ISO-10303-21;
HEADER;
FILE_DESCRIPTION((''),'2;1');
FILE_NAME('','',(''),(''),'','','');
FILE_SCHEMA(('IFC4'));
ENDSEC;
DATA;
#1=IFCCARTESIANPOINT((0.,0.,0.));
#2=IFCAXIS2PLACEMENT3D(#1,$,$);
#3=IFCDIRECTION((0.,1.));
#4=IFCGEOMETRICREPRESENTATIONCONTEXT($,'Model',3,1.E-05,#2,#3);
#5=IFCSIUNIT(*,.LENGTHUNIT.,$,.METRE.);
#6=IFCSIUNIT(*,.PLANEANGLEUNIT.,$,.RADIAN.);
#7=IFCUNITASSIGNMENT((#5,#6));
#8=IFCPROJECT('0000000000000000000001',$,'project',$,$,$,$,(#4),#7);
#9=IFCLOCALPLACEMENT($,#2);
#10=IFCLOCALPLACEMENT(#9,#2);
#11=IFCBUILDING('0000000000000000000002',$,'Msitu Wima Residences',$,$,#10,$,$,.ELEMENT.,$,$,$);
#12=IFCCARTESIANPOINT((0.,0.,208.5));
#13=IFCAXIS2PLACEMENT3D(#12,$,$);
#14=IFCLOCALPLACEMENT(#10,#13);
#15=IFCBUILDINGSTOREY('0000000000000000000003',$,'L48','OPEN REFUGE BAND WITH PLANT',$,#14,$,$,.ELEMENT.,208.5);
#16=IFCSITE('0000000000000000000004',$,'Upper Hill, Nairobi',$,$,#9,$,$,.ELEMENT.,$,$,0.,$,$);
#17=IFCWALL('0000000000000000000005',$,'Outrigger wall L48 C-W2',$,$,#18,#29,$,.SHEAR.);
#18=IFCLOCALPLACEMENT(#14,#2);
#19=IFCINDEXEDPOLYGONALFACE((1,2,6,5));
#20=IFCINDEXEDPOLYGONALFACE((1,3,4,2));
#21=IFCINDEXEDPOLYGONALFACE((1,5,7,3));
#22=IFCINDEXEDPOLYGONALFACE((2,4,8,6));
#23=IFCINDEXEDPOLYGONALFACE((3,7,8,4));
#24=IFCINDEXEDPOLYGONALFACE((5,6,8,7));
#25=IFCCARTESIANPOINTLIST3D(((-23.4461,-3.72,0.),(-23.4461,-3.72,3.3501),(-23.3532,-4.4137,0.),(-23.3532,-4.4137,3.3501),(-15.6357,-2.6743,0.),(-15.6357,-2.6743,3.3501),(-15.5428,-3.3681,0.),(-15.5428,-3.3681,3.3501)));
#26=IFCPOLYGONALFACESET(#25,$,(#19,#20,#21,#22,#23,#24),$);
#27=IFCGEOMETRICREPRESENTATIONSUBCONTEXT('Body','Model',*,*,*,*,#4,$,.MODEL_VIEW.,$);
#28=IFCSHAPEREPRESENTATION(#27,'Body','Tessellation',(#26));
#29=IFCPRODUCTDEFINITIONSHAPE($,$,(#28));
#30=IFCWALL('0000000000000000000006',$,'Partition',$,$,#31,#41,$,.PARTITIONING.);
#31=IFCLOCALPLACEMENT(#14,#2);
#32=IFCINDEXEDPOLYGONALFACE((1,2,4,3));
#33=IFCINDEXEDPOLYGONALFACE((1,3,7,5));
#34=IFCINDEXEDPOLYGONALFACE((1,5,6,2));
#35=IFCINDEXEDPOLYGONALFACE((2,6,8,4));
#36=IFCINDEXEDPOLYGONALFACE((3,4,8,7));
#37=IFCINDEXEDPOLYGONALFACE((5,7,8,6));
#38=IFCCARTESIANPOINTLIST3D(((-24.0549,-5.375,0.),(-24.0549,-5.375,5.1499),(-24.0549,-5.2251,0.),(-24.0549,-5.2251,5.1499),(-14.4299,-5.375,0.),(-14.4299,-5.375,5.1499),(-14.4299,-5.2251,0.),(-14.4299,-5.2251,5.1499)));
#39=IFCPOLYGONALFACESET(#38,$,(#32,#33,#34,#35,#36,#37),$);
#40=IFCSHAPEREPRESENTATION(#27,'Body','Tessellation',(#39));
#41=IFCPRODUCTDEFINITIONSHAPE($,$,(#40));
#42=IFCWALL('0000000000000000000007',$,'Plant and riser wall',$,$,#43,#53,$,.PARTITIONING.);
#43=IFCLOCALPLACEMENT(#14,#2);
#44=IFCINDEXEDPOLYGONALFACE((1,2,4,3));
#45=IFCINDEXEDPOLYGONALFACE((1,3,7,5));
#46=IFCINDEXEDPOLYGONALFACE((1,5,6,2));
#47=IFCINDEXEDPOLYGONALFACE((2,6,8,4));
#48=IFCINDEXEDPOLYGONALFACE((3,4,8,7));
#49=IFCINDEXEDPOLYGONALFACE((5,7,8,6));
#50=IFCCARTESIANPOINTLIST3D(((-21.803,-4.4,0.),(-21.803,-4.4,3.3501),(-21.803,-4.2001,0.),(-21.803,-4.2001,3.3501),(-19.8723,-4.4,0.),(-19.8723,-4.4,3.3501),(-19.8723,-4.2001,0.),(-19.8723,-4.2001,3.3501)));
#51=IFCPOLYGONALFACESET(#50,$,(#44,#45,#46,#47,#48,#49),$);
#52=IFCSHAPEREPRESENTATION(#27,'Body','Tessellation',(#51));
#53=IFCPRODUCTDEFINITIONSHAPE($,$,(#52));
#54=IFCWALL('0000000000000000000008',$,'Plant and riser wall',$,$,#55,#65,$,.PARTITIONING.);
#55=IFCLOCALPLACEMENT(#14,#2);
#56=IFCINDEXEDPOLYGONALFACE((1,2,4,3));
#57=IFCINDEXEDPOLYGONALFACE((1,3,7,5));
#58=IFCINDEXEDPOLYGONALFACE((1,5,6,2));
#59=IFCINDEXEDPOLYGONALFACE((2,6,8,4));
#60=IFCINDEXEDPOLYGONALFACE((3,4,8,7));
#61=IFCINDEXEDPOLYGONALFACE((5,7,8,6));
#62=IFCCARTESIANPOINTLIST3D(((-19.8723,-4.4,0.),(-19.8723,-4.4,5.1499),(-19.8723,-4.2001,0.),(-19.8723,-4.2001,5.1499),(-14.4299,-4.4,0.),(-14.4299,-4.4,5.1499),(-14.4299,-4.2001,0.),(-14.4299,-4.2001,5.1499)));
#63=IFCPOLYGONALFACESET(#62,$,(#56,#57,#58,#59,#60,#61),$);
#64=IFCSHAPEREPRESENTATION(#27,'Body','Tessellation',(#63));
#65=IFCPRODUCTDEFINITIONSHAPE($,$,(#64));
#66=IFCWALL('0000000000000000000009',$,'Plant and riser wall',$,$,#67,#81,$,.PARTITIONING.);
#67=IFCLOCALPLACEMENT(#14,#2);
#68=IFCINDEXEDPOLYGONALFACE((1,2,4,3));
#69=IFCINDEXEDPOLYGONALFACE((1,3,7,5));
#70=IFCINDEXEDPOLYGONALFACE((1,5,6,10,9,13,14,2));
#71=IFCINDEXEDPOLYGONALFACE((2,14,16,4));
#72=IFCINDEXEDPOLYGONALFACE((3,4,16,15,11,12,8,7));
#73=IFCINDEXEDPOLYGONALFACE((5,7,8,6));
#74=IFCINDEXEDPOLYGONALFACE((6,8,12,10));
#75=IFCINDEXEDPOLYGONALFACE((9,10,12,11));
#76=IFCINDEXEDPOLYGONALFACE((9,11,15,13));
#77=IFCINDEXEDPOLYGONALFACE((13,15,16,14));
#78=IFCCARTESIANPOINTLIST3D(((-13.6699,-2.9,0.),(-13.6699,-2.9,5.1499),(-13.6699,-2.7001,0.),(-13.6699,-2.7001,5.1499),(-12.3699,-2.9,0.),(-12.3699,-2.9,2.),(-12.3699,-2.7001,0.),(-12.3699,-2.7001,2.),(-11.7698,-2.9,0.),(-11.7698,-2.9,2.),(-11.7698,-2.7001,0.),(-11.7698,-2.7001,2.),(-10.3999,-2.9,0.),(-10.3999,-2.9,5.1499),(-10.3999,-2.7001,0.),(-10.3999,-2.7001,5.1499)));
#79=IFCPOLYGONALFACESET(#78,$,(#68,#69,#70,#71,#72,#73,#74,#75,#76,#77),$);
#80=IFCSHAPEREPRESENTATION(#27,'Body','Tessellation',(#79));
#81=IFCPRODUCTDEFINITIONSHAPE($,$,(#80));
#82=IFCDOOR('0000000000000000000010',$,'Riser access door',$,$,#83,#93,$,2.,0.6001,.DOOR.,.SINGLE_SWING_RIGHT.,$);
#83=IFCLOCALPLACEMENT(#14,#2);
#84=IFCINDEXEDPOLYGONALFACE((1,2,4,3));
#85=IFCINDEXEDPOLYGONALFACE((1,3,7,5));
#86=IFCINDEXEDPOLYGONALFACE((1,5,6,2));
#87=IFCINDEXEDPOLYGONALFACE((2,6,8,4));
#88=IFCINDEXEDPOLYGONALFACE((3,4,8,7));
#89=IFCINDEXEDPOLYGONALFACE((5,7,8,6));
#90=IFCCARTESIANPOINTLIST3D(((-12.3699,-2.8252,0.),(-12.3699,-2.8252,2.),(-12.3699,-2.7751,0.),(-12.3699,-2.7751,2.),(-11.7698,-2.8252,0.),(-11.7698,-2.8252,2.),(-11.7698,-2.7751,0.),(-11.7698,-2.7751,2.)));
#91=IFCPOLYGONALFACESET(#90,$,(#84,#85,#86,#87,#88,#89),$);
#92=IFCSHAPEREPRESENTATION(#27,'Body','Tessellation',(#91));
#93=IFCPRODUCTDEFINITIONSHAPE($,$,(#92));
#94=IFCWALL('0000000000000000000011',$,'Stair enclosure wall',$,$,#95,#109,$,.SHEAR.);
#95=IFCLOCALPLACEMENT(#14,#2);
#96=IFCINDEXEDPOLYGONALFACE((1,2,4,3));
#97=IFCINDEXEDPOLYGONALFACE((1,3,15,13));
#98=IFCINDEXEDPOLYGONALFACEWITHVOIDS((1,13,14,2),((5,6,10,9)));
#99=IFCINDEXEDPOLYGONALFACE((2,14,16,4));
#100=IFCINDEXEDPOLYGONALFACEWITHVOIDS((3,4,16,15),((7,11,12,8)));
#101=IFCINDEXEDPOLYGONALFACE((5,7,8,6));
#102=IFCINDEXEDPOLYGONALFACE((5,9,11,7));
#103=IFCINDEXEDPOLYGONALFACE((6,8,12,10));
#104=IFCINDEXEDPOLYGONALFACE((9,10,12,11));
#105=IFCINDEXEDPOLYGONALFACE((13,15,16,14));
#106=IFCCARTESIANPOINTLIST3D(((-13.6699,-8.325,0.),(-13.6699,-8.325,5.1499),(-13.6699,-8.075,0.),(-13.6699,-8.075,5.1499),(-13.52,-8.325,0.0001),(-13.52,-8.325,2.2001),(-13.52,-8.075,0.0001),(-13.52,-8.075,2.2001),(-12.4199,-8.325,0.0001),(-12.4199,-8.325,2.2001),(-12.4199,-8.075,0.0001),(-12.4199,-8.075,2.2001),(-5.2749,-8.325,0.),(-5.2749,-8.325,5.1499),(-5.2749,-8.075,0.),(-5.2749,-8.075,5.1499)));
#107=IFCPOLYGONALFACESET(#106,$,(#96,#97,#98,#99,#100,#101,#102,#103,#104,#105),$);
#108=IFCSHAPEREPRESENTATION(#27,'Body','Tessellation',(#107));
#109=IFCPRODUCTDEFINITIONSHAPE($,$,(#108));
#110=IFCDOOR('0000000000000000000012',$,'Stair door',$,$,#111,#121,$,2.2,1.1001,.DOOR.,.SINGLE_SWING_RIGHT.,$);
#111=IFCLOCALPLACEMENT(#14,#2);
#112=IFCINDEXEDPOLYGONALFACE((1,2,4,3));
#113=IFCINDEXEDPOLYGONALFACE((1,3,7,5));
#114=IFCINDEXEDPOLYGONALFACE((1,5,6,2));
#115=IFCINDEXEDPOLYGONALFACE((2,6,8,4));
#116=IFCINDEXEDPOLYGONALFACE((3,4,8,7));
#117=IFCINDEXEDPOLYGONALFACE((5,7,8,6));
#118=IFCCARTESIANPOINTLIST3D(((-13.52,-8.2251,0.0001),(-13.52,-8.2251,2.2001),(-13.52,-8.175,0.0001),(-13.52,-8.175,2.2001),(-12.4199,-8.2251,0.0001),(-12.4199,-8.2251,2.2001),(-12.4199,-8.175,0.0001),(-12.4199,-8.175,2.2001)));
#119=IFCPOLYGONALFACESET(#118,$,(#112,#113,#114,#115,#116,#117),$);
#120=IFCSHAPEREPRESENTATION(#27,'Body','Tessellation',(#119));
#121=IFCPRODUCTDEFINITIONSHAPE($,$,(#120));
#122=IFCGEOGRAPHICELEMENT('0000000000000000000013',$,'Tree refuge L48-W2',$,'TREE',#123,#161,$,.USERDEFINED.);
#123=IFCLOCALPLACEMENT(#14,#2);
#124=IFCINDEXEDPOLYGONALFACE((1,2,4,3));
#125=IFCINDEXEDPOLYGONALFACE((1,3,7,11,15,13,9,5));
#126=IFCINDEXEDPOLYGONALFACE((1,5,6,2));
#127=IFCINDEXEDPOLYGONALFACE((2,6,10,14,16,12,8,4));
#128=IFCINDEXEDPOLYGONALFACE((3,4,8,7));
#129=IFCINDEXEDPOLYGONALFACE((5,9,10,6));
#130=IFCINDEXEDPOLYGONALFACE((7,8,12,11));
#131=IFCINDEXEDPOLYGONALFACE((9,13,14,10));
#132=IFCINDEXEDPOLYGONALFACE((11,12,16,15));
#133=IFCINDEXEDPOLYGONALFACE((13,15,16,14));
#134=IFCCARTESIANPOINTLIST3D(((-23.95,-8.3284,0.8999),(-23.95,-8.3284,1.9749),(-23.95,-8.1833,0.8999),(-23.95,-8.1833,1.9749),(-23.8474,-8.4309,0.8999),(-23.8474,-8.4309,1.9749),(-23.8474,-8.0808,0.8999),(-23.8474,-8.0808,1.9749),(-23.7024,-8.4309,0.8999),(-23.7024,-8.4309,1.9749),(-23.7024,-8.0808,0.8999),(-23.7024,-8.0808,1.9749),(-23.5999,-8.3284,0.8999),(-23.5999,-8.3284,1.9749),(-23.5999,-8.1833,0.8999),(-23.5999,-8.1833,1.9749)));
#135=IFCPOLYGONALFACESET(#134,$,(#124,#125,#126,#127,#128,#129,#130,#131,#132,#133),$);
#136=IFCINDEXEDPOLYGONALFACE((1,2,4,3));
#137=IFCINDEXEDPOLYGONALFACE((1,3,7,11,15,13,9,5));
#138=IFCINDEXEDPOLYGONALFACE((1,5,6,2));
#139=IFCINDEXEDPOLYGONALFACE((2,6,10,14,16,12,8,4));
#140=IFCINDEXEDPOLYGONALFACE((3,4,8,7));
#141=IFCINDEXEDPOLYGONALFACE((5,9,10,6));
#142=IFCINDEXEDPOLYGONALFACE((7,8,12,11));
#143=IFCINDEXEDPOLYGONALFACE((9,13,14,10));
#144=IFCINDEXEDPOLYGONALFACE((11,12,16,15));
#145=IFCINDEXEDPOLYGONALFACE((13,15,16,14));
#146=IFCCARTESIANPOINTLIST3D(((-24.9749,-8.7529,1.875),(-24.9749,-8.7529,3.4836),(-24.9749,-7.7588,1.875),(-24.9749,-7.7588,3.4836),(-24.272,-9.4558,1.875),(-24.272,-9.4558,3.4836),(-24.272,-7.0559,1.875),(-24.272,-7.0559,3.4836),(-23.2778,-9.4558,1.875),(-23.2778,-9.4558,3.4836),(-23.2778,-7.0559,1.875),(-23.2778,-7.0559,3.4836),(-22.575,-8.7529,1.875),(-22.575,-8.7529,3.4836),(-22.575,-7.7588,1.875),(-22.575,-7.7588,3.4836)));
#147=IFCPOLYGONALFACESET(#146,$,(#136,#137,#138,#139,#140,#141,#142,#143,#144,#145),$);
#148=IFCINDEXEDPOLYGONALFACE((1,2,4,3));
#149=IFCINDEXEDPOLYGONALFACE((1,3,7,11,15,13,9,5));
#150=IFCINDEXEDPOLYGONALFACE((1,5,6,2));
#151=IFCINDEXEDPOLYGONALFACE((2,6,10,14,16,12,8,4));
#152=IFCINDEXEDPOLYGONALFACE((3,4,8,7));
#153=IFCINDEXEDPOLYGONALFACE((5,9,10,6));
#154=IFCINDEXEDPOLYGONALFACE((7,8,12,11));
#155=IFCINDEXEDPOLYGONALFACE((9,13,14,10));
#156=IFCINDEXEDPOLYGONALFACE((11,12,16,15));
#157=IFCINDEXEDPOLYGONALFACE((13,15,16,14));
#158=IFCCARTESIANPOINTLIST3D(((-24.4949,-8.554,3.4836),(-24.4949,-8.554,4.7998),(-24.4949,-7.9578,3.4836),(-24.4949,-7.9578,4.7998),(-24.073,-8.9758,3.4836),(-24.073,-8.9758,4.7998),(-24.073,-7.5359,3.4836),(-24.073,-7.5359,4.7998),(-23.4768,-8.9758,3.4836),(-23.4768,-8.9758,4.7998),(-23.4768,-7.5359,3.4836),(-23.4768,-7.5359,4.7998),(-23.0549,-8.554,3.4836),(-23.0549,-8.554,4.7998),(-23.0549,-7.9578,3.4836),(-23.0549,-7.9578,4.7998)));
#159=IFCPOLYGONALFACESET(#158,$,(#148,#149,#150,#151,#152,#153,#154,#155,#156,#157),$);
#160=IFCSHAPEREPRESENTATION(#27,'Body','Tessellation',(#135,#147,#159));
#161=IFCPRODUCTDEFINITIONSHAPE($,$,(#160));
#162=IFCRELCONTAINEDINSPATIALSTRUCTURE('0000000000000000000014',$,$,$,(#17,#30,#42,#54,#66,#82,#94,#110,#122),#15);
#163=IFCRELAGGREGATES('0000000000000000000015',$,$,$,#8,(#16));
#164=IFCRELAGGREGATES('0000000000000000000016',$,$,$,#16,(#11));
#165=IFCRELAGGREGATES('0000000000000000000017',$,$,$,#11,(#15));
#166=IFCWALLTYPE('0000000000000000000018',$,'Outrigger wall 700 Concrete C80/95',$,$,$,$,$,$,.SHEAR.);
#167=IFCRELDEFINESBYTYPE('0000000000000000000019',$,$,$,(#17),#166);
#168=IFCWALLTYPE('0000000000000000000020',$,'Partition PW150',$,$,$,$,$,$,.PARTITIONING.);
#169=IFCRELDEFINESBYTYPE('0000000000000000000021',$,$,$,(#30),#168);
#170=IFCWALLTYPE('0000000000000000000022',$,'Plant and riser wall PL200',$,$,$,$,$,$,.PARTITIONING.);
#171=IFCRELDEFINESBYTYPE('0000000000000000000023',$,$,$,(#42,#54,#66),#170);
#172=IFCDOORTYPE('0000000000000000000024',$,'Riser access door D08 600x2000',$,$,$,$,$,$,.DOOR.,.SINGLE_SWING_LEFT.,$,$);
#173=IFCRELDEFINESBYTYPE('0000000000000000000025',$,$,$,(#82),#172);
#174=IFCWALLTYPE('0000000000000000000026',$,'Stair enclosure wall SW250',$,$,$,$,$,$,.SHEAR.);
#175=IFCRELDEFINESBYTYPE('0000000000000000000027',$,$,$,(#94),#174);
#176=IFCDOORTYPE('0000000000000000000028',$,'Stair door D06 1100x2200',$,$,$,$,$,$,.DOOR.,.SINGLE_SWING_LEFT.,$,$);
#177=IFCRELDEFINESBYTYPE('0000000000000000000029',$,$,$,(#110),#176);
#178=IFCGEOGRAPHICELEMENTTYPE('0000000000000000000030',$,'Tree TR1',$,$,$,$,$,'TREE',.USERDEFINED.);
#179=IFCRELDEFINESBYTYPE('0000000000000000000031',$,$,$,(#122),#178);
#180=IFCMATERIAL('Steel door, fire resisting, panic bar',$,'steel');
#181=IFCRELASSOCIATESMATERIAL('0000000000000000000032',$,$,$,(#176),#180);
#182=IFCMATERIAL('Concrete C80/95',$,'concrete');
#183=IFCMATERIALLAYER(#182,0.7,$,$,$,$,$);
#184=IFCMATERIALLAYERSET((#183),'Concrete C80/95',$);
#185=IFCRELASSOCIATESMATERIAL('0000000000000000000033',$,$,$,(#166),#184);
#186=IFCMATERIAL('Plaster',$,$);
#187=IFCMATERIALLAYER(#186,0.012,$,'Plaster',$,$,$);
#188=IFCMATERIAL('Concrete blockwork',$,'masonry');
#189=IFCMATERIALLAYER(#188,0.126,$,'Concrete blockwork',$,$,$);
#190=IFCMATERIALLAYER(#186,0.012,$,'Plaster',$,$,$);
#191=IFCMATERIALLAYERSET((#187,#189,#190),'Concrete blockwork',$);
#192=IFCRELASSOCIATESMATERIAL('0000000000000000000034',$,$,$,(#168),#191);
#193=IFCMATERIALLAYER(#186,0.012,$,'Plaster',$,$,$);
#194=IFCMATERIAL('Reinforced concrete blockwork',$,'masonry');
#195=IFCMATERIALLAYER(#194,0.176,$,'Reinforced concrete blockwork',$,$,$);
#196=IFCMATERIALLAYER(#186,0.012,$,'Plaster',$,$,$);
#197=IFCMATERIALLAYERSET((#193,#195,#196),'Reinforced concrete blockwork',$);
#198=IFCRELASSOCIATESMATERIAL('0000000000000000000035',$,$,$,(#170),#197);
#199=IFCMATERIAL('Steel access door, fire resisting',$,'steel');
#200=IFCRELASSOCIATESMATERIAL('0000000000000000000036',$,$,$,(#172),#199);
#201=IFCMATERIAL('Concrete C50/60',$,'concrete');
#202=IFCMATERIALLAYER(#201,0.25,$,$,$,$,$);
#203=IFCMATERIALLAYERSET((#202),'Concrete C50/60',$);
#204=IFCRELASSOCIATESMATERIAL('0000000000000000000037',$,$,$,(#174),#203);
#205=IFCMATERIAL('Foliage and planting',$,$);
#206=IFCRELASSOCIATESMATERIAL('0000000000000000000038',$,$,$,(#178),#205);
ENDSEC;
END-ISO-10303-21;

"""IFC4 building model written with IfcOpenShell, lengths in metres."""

from ifc_helpers import new_model, si_unit, direction, frame, frame_2d, origin, place, context, subcontext, project, spatial, polyline, rectangle, outline, extrude, material, layer, layer_set, type_object, element, fill, save


model = new_model("IFC4")

# Units and contexts
model_context = context("Model", 3, precision=1e-05, world=origin(), true_north=direction((0.0, 1.0)))
body_context = subcontext(model_context, "Body", "Model", "MODEL_VIEW")
ifc_project = project(units=[si_unit("LENGTHUNIT", "METRE"), si_unit("PLANEANGLEUNIT", "RADIAN")], contexts=[model_context])

# Site, building, storey
site_placement = place(None, origin())
site = spatial("IfcSite", under=ifc_project, at=site_placement, Name="Upper Hill, Nairobi", CompositionType="ELEMENT", RefElevation=0.0)
building_placement = place(site_placement, origin())
building = spatial("IfcBuilding", under=site, at=building_placement, Name="Msitu Wima Residences", CompositionType="ELEMENT")
storey_placement = place(building_placement, frame((0.0, 0.0, 208.5)))
storey = spatial("IfcBuildingStorey", under=building, at=storey_placement, Name="L48", Description="OPEN REFUGE BAND WITH PLANT", CompositionType="ELEMENT", Elevation=208.5)

# Shared definitions
ifc_material_1 = material(Name="Concrete C50/60", Category="concrete")
ifc_material_2 = material(Name="Concrete C80/95", Category="concrete")

# Shared definitions
ifc_material_3 = material(Name="Steel door, fire resisting, panic bar", Category="steel")
door_type_1 = type_object("IfcDoorType", Name="Stair door D06 1100x2200", OperationType="SINGLE_SWING_LEFT", PredefinedType="DOOR", material=ifc_material_3)

# Walls
ifc_layer_1 = layer(ifc_material_2, 0.7)
ifc_layer_set_1 = layer_set([ifc_layer_1], Name="Concrete C80/95")
wall_type_1 = type_object("IfcWallType", Name="Outrigger wall 700 Concrete C80/95", PredefinedType="SHEAR", material=ifc_layer_set_1)
wall_1_placement = place(storey_placement, frame((-15.5894, -3.0212, 0.0), z_axis=(0.0, 0.0, 1.0), x_axis=(-0.991157, -0.132693, 0.0)))
element("IfcWall", 1, at=wall_1_placement, inside=storey, type_object=wall_type_1, Name="Outrigger wall L48 C-W2", PredefinedType="SHEAR", context=body_context, shape_type="SweptSolid", body=[
    extrude(rectangle(XDim=7.8801, YDim=0.7, at=frame_2d((3.9399, 0.0))), origin(), (0.0, 0.0, 1.0), 3.3501),
])
ifc_material_4 = material(Name="Plaster")
ifc_layer_2 = layer(ifc_material_4, 0.012, Name="Plaster")
ifc_material_5 = material(Name="Concrete blockwork", Category="masonry")
ifc_layer_3 = layer(ifc_material_5, 0.126, Name="Concrete blockwork")
ifc_layer_4 = layer(ifc_material_4, 0.012, Name="Plaster")
ifc_layer_set_2 = layer_set([ifc_layer_2, ifc_layer_3, ifc_layer_4], Name="Concrete blockwork")
wall_type_2 = type_object("IfcWallType", Name="Partition PW150", PredefinedType="PARTITIONING", material=ifc_layer_set_2)
wall_2_placement = place(storey_placement, frame((-24.0549, -5.3, 0.0), z_axis=(0.0, 0.0, 1.0), x_axis=(1.0, 0.0, 0.0)))
element("IfcWall", 2, at=wall_2_placement, inside=storey, type_object=wall_type_2, Name="Partition", PredefinedType="PARTITIONING", context=body_context, shape_type="SweptSolid", body=[
    extrude(rectangle(XDim=9.625, YDim=0.1499, at=frame_2d((4.8125, 0.0))), origin(), (0.0, 0.0, 1.0), 5.1499),
])
ifc_layer_5 = layer(ifc_material_4, 0.012, Name="Plaster")
ifc_material_6 = material(Name="Reinforced concrete blockwork", Category="masonry")
ifc_layer_6 = layer(ifc_material_6, 0.176, Name="Reinforced concrete blockwork")
ifc_layer_7 = layer(ifc_material_4, 0.012, Name="Plaster")
ifc_layer_set_3 = layer_set([ifc_layer_5, ifc_layer_6, ifc_layer_7], Name="Reinforced concrete blockwork")
wall_type_3 = type_object("IfcWallType", Name="Plant and riser wall PL200", PredefinedType="PARTITIONING", material=ifc_layer_set_3)
wall_3_placement = place(storey_placement, frame((-21.803, -4.3, 0.0), z_axis=(0.0, 0.0, 1.0), x_axis=(1.0, 0.0, 0.0)))
element("IfcWall", 3, at=wall_3_placement, inside=storey, type_object=wall_type_3, Name="Plant and riser wall", PredefinedType="PARTITIONING", context=body_context, shape_type="SweptSolid", body=[
    extrude(rectangle(XDim=1.9307, YDim=0.2, at=frame_2d((0.9653, 0.0))), origin(), (0.0, 0.0, 1.0), 3.3501),
])
wall_4_placement = place(storey_placement, frame((-19.8723, -4.3, 0.0), z_axis=(0.0, 0.0, 1.0), x_axis=(1.0, 0.0, 0.0)))
element("IfcWall", 4, at=wall_4_placement, inside=storey, type_object=wall_type_3, Name="Plant and riser wall", PredefinedType="PARTITIONING", context=body_context, shape_type="SweptSolid", body=[
    extrude(rectangle(XDim=5.4424, YDim=0.2, at=frame_2d((2.7212, 0.0))), origin(), (0.0, 0.0, 1.0), 5.1499),
])

# Walls, openings, doors
wall_5_placement = place(storey_placement, frame((-13.6699, -2.8, 0.0), z_axis=(0.0, 0.0, 1.0), x_axis=(1.0, 0.0, 0.0)))
wall_5 = element("IfcWall", 5, at=wall_5_placement, inside=storey, type_object=wall_type_3, Name="Plant and riser wall", PredefinedType="PARTITIONING", context=body_context, shape_type="SweptSolid", body=[
    extrude(rectangle(XDim=3.27, YDim=0.2, at=frame_2d((1.635, 0.0))), origin(), (0.0, 0.0, 1.0), 5.1499),
])
opening_1_placement = place(wall_5_placement, frame((1.3, 0.0, 0.0)))
opening_1 = element("IfcOpeningElement", 6, at=opening_1_placement, cuts=wall_5, PredefinedType="OPENING", context=body_context, shape_type="SweptSolid", body=[
    extrude(rectangle(XDim=0.6001, YDim=2.0, at=frame_2d((0.3, 1.0))), frame((0.0, 0.1099, 0.0), z_axis=(0.0, -1.0, 0.0), x_axis=(1.0, 0.0, 0.0)), (0.0, 0.0, 1.0), 0.22),
])
ifc_material_7 = material(Name="Steel access door, fire resisting", Category="steel")
door_type_2 = type_object("IfcDoorType", Name="Riser access door D08 600x2000", OperationType="SINGLE_SWING_LEFT", PredefinedType="DOOR", material=ifc_material_7)
door_1_placement = place(opening_1_placement, origin())
door_1 = element("IfcDoor", 7, at=door_1_placement, inside=storey, type_object=door_type_2, Name="Riser access door", OperationType="SINGLE_SWING_RIGHT", OverallHeight=2.0, OverallWidth=0.6001, PredefinedType="DOOR", context=body_context, shape_type="SweptSolid", body=[
    extrude(rectangle(XDim=0.6001, YDim=2.0, at=frame_2d((0.3, 1.0))), frame((0.0, 0.0249, 0.0), z_axis=(0.0, -1.0, 0.0), x_axis=(1.0, 0.0, 0.0)), (0.0, 0.0, 1.0), 0.05),
])
fill(opening_1, door_1)
ifc_layer_8 = layer(ifc_material_1, 0.25)
ifc_layer_set_4 = layer_set([ifc_layer_8], Name="Concrete C50/60")
wall_type_4 = type_object("IfcWallType", Name="Stair enclosure wall SW250", PredefinedType="SHEAR", material=ifc_layer_set_4)
wall_6_placement = place(storey_placement, frame((-13.6699, -8.2, 0.0), z_axis=(0.0, 0.0, 1.0), x_axis=(1.0, 0.0, 0.0)))
wall_6 = element("IfcWall", 8, at=wall_6_placement, inside=storey, type_object=wall_type_4, Name="Stair enclosure wall", PredefinedType="SHEAR", context=body_context, shape_type="SweptSolid", body=[
    extrude(rectangle(XDim=8.395, YDim=0.25, at=frame_2d((4.1975, 0.0))), origin(), (0.0, 0.0, 1.0), 5.1499),
])
opening_2_placement = place(wall_6_placement, frame((0.1499, 0.0, 0.0)))
opening_2 = element("IfcOpeningElement", 9, at=opening_2_placement, cuts=wall_6, PredefinedType="OPENING", context=body_context, shape_type="SweptSolid", body=[
    extrude(rectangle(XDim=1.1001, YDim=2.2, at=frame_2d((0.55, 1.1001))), frame((0.0, 0.135, 0.0), z_axis=(0.0, -1.0, 0.0), x_axis=(1.0, 0.0, 0.0)), (0.0, 0.0, 1.0), 0.27),
])
door_2_placement = place(opening_2_placement, origin())
door_2 = element("IfcDoor", 10, at=door_2_placement, inside=storey, type_object=door_type_1, Name="Stair door", OperationType="SINGLE_SWING_RIGHT", OverallHeight=2.2, OverallWidth=1.1001, PredefinedType="DOOR", context=body_context, shape_type="SweptSolid", body=[
    extrude(rectangle(XDim=1.1001, YDim=2.2, at=frame_2d((0.55, 1.1001))), frame((0.0, 0.0249, 0.0), z_axis=(0.0, -1.0, 0.0), x_axis=(1.0, 0.0, 0.0)), (0.0, 0.0, 1.0), 0.05),
])
fill(opening_2, door_2)

# Geographic element
ifc_material_8 = material(Name="Foliage and planting")
geographic_element_type = type_object("IfcGeographicElementType", Name="Tree TR1", ElementType="TREE", PredefinedType="USERDEFINED", material=ifc_material_8)
geographic_element_placement = place(storey_placement, frame((-23.7749, -8.2559, 0.8999), z_axis=(0.0, 0.0, 1.0), x_axis=(1.0, 0.0, 0.0)))
element("IfcGeographicElement", 11, at=geographic_element_placement, inside=storey, type_object=geographic_element_type, Name="Tree refuge L48-W2", ObjectType="TREE", PredefinedType="USERDEFINED", context=body_context, shape_type="SweptSolid", body=[
    extrude(outline(polyline([(0.175, 0.0725), (0.0725, 0.175), (-0.0725, 0.175), (-0.175, 0.0725), (-0.175, -0.0725), (-0.0725, -0.175), (0.0725, -0.175), (0.175, -0.0725), (0.175, 0.0725)])), origin(), (0.0, 0.0, 1.0), 1.075),
    extrude(outline(polyline([(1.2, 0.4971), (0.4971, 1.2), (-0.4971, 1.2), (-1.2, 0.4971), (-1.2, -0.4971), (-0.4971, -1.2), (0.4971, -1.2), (1.2, -0.4971), (1.2, 0.4971)])), frame((0.0, 0.0, 0.9751)), (0.0, 0.0, 1.0), 1.6086),
    extrude(outline(polyline([(0.72, 0.2981), (0.2981, 0.72), (-0.2981, 0.72), (-0.72, 0.2981), (-0.72, -0.2981), (-0.2981, -0.72), (0.2981, -0.72), (0.72, -0.2981), (0.72, 0.2981)])), frame((0.0, 0.0, 2.5837)), (0.0, 0.0, 1.0), 1.3162),
])

save(model, "model.ifc")
